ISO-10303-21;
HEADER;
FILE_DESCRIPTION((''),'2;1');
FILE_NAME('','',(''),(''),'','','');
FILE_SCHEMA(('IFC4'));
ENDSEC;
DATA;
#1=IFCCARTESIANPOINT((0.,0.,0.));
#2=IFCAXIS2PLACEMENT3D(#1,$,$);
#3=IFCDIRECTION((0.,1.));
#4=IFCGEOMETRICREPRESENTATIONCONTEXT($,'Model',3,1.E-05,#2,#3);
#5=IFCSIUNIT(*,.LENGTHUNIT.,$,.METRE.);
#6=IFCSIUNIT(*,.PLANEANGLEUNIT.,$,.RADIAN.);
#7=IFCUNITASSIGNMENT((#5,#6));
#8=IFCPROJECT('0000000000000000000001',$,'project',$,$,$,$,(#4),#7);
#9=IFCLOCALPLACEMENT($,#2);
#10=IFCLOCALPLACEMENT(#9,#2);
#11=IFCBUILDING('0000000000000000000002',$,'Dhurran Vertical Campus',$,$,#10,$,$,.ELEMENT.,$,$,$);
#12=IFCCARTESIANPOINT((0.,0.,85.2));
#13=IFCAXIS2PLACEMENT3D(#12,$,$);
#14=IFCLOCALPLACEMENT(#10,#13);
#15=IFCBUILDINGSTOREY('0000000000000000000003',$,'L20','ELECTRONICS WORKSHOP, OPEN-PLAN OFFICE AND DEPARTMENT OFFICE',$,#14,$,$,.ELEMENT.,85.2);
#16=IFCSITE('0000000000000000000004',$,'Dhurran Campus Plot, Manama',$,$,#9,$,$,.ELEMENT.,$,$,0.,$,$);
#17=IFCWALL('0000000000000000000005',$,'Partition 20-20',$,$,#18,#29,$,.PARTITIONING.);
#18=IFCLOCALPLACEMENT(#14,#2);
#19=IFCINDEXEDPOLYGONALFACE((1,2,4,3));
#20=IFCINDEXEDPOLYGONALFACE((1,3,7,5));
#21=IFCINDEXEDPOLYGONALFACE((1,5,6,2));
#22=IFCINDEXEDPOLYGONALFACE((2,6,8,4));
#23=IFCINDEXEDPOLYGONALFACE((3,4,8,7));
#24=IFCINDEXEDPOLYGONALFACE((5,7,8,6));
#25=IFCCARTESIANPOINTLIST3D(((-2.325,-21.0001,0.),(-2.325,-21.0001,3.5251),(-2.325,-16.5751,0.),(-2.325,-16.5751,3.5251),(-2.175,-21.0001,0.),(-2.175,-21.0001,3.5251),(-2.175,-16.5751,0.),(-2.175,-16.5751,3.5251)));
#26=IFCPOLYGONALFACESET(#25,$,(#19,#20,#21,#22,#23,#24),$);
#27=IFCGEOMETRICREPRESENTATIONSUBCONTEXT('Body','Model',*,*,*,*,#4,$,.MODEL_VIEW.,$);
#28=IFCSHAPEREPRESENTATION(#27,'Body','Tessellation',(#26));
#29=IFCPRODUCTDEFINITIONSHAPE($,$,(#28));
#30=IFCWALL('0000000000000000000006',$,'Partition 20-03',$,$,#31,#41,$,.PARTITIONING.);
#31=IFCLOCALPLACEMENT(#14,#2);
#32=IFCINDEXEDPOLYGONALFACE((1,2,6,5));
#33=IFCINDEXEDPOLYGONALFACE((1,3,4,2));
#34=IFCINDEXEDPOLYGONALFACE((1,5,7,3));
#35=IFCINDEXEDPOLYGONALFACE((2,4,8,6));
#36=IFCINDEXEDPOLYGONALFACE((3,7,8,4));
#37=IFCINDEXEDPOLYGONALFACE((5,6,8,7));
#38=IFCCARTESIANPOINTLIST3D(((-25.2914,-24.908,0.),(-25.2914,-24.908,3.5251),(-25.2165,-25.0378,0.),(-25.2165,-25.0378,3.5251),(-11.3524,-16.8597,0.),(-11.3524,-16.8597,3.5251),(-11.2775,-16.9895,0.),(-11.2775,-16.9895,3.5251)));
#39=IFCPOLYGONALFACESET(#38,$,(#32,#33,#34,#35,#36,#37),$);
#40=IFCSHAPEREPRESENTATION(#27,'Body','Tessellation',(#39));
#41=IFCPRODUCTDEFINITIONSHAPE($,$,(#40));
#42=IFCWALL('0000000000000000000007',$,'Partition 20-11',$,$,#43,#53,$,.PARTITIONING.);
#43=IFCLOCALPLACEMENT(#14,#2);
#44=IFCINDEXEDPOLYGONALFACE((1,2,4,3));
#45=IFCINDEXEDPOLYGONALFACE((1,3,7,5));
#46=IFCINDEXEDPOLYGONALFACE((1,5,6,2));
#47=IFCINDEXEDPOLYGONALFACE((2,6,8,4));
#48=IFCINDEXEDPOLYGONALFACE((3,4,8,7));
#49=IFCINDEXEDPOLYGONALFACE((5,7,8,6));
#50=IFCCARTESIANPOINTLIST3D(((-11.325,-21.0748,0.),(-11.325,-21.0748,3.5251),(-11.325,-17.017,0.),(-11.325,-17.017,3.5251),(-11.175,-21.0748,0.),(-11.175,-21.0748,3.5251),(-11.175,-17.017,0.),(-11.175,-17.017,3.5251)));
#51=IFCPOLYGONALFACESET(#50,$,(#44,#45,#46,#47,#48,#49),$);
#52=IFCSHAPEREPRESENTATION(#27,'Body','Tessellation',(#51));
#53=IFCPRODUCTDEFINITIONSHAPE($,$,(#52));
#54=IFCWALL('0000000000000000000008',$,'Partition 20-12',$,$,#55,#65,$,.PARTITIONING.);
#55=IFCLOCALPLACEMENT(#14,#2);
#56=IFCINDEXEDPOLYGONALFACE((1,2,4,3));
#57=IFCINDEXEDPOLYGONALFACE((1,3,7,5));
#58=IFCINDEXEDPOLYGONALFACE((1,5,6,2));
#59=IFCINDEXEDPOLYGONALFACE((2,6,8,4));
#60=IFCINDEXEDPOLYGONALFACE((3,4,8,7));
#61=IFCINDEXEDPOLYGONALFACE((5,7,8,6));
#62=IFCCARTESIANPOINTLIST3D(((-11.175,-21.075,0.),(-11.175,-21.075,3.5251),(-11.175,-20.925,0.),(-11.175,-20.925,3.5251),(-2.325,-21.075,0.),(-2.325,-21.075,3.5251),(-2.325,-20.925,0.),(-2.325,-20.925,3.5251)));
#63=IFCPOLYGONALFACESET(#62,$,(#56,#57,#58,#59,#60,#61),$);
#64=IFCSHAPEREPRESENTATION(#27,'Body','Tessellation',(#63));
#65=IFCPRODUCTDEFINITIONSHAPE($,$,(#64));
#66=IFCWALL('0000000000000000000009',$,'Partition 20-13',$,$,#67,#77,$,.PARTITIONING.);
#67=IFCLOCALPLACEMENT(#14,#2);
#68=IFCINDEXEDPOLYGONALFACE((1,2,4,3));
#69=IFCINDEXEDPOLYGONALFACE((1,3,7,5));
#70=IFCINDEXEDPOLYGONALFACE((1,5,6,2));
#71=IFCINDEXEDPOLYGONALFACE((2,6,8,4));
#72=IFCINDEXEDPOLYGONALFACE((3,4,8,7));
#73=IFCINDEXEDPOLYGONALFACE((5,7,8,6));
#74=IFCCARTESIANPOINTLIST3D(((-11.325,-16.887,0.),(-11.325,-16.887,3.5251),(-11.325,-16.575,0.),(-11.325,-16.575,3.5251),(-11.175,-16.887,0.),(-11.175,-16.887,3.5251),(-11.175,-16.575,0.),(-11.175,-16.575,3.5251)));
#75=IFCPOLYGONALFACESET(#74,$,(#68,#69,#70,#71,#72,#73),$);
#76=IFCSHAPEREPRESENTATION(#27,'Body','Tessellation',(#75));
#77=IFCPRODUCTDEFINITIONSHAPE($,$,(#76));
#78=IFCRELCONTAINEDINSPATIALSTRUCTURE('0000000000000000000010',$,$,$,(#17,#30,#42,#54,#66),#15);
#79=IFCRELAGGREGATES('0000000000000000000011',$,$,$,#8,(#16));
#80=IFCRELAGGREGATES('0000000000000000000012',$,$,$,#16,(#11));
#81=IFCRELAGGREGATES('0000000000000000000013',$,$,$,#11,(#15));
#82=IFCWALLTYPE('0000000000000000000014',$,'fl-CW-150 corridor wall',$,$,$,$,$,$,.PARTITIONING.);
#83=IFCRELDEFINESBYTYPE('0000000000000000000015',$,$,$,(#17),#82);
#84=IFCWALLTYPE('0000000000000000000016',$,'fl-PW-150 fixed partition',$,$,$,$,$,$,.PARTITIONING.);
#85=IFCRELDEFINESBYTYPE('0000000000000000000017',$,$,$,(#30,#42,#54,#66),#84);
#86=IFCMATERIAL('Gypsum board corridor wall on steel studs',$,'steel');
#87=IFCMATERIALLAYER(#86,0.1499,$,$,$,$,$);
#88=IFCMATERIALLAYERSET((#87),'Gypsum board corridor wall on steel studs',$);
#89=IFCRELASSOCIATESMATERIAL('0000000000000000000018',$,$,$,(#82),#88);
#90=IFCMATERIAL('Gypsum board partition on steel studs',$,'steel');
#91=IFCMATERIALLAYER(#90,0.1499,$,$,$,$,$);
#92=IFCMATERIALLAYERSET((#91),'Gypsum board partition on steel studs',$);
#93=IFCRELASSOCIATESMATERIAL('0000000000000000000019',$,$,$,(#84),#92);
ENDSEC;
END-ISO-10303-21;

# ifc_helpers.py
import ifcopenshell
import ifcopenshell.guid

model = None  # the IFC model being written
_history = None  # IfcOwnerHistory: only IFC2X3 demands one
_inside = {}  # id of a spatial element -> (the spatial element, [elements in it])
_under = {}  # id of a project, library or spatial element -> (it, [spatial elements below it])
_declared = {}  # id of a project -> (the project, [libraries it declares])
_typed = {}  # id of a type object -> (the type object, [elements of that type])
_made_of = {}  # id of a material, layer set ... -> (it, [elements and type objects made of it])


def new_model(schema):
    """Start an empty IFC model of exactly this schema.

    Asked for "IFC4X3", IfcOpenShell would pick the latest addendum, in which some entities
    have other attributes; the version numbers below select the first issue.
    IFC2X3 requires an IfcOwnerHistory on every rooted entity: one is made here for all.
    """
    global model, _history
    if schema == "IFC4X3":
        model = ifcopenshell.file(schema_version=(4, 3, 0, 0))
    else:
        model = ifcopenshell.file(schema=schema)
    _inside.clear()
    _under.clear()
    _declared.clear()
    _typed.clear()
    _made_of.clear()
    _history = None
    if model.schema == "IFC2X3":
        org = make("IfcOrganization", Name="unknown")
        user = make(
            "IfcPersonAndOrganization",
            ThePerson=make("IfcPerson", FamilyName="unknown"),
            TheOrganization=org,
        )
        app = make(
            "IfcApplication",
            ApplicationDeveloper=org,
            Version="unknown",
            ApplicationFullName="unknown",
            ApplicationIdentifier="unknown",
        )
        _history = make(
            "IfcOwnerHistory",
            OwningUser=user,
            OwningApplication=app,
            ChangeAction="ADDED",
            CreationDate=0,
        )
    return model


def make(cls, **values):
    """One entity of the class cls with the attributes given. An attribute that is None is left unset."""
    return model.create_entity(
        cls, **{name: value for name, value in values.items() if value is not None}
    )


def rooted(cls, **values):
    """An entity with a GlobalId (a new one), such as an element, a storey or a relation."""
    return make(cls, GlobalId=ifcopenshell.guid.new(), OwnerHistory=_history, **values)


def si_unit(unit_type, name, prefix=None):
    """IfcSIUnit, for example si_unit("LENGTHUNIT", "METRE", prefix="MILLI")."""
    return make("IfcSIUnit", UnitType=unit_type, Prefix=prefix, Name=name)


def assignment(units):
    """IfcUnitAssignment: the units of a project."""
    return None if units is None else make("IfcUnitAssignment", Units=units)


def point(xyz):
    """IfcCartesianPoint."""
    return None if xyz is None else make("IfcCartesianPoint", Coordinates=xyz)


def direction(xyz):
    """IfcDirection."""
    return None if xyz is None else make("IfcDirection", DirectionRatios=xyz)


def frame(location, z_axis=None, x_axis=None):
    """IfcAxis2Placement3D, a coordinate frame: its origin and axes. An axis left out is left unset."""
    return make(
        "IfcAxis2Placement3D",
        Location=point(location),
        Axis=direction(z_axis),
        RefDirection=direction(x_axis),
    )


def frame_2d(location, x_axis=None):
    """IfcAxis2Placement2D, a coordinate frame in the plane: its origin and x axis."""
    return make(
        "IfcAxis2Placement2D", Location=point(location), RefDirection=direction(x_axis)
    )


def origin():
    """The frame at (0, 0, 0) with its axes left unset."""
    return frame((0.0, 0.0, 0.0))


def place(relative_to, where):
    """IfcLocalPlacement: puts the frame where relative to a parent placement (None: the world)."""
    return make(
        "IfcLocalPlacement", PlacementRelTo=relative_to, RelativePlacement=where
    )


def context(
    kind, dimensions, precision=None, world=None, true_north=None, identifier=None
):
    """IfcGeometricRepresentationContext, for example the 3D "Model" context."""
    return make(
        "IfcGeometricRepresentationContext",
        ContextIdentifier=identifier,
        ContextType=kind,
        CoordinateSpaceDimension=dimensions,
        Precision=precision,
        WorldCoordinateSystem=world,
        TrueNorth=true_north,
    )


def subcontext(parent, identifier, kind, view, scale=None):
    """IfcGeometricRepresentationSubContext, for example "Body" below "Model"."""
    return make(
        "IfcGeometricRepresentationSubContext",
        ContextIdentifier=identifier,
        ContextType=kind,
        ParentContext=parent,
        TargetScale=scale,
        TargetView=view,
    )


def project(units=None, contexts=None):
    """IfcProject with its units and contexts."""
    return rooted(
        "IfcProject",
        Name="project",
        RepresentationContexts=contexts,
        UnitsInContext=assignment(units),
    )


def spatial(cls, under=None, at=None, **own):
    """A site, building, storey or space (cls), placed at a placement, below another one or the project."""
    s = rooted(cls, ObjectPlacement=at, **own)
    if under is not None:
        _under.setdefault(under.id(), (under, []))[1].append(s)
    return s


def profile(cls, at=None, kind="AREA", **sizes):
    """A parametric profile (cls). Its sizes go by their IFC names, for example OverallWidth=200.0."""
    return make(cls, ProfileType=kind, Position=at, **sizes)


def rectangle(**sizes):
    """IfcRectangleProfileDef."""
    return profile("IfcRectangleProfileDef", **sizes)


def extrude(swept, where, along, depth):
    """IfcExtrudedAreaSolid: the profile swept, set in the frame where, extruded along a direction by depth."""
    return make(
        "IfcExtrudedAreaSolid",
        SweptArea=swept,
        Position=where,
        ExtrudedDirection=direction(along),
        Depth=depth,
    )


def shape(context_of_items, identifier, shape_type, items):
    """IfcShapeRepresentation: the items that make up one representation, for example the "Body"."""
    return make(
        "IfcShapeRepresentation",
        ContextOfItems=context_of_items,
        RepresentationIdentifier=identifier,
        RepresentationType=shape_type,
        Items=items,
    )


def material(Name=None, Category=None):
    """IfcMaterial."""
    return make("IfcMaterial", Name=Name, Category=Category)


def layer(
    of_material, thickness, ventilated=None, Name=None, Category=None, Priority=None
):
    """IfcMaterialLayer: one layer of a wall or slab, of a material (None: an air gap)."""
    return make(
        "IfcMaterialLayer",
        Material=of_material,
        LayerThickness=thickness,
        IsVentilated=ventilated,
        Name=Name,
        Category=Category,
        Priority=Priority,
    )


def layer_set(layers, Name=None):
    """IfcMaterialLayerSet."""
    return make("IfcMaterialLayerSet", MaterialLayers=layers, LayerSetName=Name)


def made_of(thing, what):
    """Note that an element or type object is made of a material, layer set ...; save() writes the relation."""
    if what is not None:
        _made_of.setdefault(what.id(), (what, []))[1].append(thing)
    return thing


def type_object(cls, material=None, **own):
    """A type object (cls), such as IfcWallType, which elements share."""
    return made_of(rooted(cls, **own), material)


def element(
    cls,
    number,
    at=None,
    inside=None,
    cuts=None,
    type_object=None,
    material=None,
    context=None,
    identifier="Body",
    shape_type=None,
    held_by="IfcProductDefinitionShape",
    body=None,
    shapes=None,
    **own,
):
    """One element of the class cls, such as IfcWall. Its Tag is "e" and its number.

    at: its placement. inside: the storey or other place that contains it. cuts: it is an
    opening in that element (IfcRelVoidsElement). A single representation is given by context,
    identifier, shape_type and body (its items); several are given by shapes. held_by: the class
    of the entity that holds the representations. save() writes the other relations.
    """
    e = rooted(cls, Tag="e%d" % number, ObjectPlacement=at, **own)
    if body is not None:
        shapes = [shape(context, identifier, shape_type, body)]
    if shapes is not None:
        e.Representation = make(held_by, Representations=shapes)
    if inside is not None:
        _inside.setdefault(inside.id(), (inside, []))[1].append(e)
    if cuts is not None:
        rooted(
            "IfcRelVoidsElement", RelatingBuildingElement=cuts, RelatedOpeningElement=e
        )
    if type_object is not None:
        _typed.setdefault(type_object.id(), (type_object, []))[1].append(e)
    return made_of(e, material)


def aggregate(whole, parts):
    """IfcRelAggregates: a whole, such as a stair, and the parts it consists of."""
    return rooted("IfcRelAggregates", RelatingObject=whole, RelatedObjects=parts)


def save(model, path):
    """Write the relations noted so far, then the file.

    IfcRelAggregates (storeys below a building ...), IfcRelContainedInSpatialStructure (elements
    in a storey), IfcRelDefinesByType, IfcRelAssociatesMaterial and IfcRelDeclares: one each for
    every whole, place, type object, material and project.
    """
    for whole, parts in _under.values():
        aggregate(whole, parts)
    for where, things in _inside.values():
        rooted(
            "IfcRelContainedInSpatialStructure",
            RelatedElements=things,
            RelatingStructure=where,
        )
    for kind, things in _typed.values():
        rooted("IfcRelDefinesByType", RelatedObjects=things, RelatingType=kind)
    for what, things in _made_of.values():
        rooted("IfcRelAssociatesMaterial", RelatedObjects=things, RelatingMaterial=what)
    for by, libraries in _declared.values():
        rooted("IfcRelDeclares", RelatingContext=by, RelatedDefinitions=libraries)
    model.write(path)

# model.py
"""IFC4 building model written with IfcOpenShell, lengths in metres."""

from ifc_helpers import new_model, si_unit, direction, frame, frame_2d, origin, place, context, subcontext, project, spatial, rectangle, extrude, material, layer, layer_set, type_object, element, save


model = new_model("IFC4")

# Units and contexts
model_context = context("Model", 3, precision=1e-05, world=origin(), true_north=direction((0.0, 1.0)))
body_context = subcontext(model_context, "Body", "Model", "MODEL_VIEW")
ifc_project = project(units=[si_unit("LENGTHUNIT", "METRE"), si_unit("PLANEANGLEUNIT", "RADIAN")], contexts=[model_context])

# Site, building, storey
site_placement = place(None, origin())
site = spatial("IfcSite", under=ifc_project, at=site_placement, Name="Dhurran Campus Plot, Manama", CompositionType="ELEMENT", RefElevation=0.0)
building_placement = place(site_placement, origin())
building = spatial("IfcBuilding", under=site, at=building_placement, Name="Dhurran Vertical Campus", CompositionType="ELEMENT")
storey_placement = place(building_placement, frame((0.0, 0.0, 85.2)))
storey = spatial("IfcBuildingStorey", under=building, at=storey_placement, Name="L20", Description="ELECTRONICS WORKSHOP, OPEN-PLAN OFFICE AND DEPARTMENT OFFICE", CompositionType="ELEMENT", Elevation=85.2)

# Shared definitions
ifc_material_1 = material(Name="Gypsum board corridor wall on steel studs", Category="steel")
ifc_layer_1 = layer(ifc_material_1, 0.1499)
ifc_layer_set_1 = layer_set([ifc_layer_1], Name="Gypsum board corridor wall on steel studs")
wall_type_1 = type_object("IfcWallType", Name="fl-CW-150 corridor wall", PredefinedType="PARTITIONING", material=ifc_layer_set_1)

# Walls
wall_1_placement = place(storey_placement, frame((-2.25, -21.0, 0.0), z_axis=(0.0, 0.0, 1.0), x_axis=(0.0, 1.0, 0.0)))
element("IfcWall", 1, at=wall_1_placement, inside=storey, type_object=wall_type_1, Name="Partition 20-20", PredefinedType="PARTITIONING", context=body_context, shape_type="SweptSolid", body=[
    extrude(rectangle(XDim=4.425, YDim=0.1499, at=frame_2d((2.2124, 0.0))), origin(), (0.0, 0.0, 1.0), 3.5251),
])
ifc_material_2 = material(Name="Gypsum board partition on steel studs", Category="steel")
ifc_layer_2 = layer(ifc_material_2, 0.1499)
ifc_layer_set_2 = layer_set([ifc_layer_2], Name="Gypsum board partition on steel studs")
wall_type_2 = type_object("IfcWallType", Name="fl-PW-150 fixed partition", PredefinedType="PARTITIONING", material=ifc_layer_set_2)
wall_2_placement = place(storey_placement, frame((-11.3149, -16.9246, 0.0), z_axis=(0.0, 0.0, 1.0), x_axis=(-0.866007, -0.500031, 0.0)))
element("IfcWall", 2, at=wall_2_placement, inside=storey, type_object=wall_type_2, Name="Partition 20-03", PredefinedType="PARTITIONING", context=body_context, shape_type="SweptSolid", body=[
    extrude(rectangle(XDim=16.0957, YDim=0.1499, at=frame_2d((8.0479, 0.0))), origin(), (0.0, 0.0, 1.0), 3.5251),
])
wall_3_placement = place(storey_placement, frame((-11.25, -17.0171, 0.0), z_axis=(0.0, 0.0, 1.0), x_axis=(0.0, -1.0, 0.0)))
element("IfcWall", 3, at=wall_3_placement, inside=storey, type_object=wall_type_2, Name="Partition 20-11", PredefinedType="PARTITIONING", context=body_context, shape_type="SweptSolid", body=[
    extrude(rectangle(XDim=4.0579, YDim=0.1499, at=frame_2d((2.0288, 0.0))), origin(), (0.0, 0.0, 1.0), 3.5251),
])
wall_4_placement = place(storey_placement, frame((-11.175, -21.0, 0.0), z_axis=(0.0, 0.0, 1.0), x_axis=(1.0, 0.0, 0.0)))
element("IfcWall", 4, at=wall_4_placement, inside=storey, type_object=wall_type_2, Name="Partition 20-12", PredefinedType="PARTITIONING", context=body_context, shape_type="SweptSolid", body=[
    extrude(rectangle(XDim=8.8501, YDim=0.1499, at=frame_2d((4.425, 0.0))), origin(), (0.0, 0.0, 1.0), 3.5251),
])
wall_5_placement = place(storey_placement, frame((-11.25, -16.575, 0.0), z_axis=(0.0, 0.0, 1.0), x_axis=(0.0, -1.0, 0.0)))
element("IfcWall", 5, at=wall_5_placement, inside=storey, type_object=wall_type_2, Name="Partition 20-13", PredefinedType="PARTITIONING", context=body_context, shape_type="SweptSolid", body=[
    extrude(rectangle(XDim=0.312, YDim=0.1499, at=frame_2d((0.156, 0.0))), origin(), (0.0, 0.0, 1.0), 3.5251),
])

save(model, "model.ifc")
